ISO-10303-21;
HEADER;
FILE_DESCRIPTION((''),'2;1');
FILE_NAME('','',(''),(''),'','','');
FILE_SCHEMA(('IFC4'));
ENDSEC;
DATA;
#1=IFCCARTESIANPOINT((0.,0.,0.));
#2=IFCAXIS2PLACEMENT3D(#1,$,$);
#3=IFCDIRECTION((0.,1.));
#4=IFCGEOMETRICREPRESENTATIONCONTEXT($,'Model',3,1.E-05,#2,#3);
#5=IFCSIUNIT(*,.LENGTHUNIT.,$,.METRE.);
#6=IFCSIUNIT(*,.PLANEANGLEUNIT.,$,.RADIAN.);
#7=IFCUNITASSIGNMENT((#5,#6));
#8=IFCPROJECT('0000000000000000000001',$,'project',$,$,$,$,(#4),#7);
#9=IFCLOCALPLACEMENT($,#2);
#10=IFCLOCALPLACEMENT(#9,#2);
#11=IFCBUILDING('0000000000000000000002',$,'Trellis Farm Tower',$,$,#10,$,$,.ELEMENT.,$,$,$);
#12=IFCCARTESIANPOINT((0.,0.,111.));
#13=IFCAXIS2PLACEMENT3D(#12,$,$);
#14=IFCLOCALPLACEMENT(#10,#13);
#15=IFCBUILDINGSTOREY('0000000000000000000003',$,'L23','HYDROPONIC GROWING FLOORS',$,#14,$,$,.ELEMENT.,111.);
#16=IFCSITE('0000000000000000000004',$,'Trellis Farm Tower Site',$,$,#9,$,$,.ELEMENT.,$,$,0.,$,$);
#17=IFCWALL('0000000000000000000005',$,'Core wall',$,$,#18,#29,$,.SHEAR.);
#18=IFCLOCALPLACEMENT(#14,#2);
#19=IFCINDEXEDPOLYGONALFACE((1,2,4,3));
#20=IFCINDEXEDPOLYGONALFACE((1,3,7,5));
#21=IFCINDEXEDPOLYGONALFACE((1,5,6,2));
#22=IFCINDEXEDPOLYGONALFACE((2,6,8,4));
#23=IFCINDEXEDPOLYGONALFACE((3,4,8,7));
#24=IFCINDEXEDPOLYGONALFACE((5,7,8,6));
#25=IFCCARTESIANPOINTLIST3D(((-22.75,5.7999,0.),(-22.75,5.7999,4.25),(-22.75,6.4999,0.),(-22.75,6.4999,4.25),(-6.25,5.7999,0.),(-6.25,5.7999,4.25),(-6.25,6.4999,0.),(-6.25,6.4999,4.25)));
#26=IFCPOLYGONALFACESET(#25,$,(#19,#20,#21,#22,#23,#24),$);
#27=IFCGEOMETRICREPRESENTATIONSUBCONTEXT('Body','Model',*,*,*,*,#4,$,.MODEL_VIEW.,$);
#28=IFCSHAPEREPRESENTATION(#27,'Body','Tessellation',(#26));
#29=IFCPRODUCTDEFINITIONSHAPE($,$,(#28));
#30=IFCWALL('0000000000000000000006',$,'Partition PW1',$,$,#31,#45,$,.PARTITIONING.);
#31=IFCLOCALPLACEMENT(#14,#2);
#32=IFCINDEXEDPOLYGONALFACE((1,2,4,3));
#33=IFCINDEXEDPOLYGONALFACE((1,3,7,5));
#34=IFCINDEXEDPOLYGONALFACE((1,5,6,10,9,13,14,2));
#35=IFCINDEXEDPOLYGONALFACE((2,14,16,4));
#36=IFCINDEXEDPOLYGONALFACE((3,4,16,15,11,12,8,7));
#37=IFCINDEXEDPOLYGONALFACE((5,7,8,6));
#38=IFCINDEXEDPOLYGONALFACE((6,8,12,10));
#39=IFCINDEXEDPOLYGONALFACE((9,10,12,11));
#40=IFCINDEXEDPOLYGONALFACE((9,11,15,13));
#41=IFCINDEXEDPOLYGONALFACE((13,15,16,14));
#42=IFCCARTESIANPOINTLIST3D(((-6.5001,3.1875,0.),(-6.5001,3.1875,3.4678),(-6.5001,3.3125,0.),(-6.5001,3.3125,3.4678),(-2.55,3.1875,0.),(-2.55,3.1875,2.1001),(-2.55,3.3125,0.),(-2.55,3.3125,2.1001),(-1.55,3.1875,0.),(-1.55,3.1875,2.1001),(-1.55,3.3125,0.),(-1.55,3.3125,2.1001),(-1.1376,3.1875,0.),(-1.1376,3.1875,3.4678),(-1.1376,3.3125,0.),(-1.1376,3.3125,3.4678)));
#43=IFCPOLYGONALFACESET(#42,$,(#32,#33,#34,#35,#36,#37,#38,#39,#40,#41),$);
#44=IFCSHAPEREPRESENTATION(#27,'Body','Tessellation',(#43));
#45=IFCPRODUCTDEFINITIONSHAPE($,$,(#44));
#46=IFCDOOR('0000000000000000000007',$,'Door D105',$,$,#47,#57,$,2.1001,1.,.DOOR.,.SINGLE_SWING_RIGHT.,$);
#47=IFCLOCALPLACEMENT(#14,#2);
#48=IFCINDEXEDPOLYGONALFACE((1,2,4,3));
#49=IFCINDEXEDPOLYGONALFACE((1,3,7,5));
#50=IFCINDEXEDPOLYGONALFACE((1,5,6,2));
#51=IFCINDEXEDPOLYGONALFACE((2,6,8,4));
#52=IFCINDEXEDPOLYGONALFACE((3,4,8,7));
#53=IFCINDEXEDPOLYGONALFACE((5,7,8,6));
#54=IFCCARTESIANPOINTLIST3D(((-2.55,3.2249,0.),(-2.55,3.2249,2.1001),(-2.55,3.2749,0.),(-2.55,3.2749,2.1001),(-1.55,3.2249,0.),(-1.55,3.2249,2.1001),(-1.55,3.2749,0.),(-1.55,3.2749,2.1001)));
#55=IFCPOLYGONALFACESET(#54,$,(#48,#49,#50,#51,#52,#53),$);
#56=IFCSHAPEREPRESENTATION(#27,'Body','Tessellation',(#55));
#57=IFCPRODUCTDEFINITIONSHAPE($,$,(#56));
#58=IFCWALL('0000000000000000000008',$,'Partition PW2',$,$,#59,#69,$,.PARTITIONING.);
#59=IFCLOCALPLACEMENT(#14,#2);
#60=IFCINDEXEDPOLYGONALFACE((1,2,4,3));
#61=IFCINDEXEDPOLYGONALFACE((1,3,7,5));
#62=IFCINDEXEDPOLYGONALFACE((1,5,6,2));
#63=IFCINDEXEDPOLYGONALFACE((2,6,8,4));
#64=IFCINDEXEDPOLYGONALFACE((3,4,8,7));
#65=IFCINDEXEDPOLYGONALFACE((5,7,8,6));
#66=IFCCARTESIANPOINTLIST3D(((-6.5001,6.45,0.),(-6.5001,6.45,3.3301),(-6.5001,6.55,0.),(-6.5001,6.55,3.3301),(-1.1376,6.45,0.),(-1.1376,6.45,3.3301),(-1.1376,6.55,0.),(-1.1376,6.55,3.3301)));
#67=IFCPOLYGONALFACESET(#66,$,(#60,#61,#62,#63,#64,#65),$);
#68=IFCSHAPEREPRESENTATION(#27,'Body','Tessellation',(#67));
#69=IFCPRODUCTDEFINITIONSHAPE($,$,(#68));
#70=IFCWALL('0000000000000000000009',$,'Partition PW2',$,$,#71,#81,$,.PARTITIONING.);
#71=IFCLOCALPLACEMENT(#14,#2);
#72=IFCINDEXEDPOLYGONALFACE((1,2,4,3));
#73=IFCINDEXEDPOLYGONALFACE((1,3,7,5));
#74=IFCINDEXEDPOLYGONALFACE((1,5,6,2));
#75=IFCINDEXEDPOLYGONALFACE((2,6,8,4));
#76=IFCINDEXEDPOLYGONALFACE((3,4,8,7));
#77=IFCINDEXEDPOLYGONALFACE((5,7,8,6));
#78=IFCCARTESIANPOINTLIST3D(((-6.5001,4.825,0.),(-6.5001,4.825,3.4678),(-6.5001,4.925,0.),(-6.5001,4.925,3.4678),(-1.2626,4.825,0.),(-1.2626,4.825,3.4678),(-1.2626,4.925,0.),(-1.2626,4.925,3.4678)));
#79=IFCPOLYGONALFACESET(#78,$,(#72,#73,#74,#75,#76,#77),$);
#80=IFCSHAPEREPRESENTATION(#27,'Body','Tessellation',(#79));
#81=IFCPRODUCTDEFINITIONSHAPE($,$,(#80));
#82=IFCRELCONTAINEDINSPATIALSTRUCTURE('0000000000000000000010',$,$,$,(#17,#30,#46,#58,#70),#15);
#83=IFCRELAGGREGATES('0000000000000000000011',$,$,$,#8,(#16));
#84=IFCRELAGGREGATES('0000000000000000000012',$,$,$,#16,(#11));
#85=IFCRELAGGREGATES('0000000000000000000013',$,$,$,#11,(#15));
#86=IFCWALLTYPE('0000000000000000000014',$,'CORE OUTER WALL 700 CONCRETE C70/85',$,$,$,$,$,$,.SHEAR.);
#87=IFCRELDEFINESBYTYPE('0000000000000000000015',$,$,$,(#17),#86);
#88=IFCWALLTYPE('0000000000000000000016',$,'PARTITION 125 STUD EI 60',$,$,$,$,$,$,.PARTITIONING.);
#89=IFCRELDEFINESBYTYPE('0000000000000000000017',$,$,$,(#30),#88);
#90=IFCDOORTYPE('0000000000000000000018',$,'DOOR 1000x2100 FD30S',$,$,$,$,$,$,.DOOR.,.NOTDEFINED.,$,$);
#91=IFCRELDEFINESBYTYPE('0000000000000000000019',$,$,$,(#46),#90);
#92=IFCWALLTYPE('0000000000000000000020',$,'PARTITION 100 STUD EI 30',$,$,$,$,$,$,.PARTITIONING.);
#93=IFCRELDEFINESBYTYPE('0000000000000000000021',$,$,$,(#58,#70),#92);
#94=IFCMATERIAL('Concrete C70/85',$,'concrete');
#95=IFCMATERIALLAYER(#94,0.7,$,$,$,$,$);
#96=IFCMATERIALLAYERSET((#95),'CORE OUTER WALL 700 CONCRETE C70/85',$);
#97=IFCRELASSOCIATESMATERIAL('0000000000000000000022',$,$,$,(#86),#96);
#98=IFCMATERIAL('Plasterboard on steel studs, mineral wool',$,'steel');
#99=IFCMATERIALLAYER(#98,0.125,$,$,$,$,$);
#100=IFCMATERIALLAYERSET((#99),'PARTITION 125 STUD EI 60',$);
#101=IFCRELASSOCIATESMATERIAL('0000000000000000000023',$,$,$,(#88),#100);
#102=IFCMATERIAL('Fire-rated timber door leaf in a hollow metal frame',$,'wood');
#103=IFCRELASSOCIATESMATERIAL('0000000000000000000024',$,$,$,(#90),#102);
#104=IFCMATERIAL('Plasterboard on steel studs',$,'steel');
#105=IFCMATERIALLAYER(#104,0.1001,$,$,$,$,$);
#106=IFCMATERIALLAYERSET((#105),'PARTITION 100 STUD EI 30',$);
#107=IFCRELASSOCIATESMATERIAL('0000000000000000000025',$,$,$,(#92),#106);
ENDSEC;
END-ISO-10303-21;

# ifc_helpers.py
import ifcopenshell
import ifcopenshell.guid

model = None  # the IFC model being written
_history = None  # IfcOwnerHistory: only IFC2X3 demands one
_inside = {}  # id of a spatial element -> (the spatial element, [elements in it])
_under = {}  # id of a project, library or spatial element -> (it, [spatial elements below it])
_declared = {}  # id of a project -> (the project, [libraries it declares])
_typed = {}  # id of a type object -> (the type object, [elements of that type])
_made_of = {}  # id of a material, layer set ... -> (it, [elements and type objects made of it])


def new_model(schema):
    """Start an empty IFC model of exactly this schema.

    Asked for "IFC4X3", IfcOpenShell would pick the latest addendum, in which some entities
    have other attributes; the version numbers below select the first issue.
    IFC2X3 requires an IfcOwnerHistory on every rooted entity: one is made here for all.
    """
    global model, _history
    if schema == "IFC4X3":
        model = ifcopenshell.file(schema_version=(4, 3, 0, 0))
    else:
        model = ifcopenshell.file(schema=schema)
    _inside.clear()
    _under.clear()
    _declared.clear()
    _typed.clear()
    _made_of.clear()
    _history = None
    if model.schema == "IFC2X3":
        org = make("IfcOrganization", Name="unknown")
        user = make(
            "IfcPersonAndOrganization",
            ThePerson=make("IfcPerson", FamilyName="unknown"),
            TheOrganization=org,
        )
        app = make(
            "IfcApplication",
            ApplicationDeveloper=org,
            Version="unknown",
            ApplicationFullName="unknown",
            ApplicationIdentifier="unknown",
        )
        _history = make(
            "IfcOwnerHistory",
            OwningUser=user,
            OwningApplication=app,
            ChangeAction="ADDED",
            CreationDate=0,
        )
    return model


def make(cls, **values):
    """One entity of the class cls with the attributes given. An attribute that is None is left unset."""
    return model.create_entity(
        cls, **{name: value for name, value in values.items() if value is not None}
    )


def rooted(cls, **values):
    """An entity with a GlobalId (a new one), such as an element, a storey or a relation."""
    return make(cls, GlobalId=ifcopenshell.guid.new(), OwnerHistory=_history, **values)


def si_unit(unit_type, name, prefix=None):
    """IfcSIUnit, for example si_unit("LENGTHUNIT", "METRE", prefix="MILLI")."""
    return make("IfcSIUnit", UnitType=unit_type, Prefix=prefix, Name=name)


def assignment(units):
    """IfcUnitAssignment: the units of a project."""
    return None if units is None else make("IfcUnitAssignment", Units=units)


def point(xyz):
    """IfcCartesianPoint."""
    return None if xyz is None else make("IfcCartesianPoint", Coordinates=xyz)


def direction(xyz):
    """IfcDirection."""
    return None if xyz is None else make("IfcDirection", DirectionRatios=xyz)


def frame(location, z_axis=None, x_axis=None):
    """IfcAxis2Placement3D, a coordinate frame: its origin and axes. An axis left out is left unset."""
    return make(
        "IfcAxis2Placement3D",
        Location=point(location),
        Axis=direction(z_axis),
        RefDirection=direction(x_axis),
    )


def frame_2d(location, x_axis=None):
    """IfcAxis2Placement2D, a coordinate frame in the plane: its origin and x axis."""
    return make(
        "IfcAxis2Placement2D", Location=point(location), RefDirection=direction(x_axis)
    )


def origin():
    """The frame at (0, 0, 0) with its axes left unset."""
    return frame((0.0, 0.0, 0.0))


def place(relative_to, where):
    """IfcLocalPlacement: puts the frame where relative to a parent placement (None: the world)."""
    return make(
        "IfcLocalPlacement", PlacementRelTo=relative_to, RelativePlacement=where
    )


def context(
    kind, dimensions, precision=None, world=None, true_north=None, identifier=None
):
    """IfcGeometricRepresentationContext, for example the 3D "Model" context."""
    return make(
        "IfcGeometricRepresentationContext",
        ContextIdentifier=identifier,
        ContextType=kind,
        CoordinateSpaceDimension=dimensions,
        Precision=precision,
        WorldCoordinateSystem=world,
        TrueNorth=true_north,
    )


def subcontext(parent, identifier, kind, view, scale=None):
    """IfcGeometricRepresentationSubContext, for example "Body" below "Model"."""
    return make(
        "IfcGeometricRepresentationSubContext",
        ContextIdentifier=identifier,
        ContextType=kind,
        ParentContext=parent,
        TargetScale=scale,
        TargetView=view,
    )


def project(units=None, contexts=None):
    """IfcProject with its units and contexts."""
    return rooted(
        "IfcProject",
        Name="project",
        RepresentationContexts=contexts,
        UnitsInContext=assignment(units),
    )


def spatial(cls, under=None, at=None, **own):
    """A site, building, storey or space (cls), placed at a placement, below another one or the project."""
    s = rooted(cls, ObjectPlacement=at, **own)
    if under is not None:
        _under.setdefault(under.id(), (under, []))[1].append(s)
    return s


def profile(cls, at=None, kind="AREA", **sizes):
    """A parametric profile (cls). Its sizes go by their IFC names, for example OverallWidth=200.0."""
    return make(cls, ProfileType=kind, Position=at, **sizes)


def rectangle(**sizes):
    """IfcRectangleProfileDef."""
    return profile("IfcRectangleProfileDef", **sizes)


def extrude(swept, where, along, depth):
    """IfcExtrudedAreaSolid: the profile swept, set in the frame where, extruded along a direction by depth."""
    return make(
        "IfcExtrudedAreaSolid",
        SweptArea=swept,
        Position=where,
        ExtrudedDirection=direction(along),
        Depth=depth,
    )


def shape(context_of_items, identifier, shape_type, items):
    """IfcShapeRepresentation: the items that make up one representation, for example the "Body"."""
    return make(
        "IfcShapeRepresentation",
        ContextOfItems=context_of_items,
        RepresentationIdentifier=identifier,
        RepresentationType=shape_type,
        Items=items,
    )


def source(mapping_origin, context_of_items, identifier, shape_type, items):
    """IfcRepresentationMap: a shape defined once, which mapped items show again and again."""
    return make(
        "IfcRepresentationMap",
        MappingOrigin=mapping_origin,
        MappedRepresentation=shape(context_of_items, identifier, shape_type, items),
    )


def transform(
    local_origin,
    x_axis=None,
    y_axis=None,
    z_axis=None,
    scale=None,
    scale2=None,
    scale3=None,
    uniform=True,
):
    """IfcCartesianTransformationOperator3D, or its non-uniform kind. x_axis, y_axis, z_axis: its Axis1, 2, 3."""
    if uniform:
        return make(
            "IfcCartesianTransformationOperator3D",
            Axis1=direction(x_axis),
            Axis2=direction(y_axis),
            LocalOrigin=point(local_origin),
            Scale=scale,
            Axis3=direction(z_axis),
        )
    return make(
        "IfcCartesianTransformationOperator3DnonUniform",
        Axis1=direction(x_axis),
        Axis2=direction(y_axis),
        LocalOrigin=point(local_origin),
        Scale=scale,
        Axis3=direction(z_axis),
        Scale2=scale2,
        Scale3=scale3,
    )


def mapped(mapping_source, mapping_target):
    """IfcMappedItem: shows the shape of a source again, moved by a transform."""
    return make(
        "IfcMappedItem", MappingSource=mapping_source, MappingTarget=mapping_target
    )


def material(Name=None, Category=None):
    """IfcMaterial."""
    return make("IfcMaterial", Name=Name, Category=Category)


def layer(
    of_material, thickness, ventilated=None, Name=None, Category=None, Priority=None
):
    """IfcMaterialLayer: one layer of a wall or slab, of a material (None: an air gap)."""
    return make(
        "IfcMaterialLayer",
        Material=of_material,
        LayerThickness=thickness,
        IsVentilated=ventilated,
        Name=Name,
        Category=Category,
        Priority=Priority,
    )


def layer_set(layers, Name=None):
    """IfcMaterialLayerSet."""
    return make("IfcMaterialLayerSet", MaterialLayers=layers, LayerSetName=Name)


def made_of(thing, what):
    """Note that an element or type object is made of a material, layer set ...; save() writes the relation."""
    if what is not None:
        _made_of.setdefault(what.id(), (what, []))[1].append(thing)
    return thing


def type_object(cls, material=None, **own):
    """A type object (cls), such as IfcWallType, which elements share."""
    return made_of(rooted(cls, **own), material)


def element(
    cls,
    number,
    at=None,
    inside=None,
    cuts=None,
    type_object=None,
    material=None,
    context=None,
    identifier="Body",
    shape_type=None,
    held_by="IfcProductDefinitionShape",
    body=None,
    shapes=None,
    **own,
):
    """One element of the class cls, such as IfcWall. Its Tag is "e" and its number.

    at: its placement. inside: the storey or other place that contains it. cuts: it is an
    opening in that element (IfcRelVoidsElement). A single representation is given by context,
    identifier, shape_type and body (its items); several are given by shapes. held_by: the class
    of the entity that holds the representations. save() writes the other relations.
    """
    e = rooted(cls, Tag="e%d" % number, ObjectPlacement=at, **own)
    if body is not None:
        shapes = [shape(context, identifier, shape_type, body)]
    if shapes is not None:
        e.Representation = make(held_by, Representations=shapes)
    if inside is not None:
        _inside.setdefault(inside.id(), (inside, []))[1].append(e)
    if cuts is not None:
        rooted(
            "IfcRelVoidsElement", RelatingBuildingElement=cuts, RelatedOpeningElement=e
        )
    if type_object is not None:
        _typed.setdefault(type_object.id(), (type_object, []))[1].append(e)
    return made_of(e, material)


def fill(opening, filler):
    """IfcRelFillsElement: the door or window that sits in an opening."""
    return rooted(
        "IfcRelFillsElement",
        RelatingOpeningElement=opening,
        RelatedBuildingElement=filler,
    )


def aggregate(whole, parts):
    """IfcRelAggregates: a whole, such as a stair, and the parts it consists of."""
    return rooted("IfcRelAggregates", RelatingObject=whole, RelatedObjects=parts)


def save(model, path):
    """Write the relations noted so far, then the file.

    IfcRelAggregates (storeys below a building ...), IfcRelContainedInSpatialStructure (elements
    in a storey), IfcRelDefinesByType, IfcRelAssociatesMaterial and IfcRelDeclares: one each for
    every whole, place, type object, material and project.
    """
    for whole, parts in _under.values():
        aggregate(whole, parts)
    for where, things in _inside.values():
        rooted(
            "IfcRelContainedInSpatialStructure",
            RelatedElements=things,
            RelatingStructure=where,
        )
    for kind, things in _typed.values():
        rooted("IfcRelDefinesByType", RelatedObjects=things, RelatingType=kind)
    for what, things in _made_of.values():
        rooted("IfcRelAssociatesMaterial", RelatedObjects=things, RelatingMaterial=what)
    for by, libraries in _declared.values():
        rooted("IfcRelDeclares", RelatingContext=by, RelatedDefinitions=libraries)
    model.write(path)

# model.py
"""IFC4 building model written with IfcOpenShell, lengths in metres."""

from ifc_helpers import new_model, si_unit, direction, frame, frame_2d, origin, place, context, subcontext, project, spatial, rectangle, extrude, source, transform, mapped, material, layer, layer_set, type_object, element, fill, save


model = new_model("IFC4")

# Units and contexts
model_context = context("Model", 3, precision=1e-05, world=origin(), true_north=direction((0.0, 1.0)))
body_context = subcontext(model_context, "Body", "Model", "MODEL_VIEW")
ifc_project = project(units=[si_unit("LENGTHUNIT", "METRE"), si_unit("PLANEANGLEUNIT", "RADIAN")], contexts=[model_context])

# Site, building, storey
site_placement = place(None, origin())
site = spatial("IfcSite", under=ifc_project, at=site_placement, Name="Trellis Farm Tower Site", CompositionType="ELEMENT", RefElevation=0.0)
building_placement = place(site_placement, origin())
building = spatial("IfcBuilding", under=site, at=building_placement, Name="Trellis Farm Tower", CompositionType="ELEMENT")
storey_placement = place(building_placement, frame((0.0, 0.0, 111.0)))
storey = spatial("IfcBuildingStorey", under=building, at=storey_placement, Name="L23", Description="HYDROPONIC GROWING FLOORS", CompositionType="ELEMENT", Elevation=111.0)

# Shared definitions
ifc_material_1 = material(Name="Concrete C70/85", Category="concrete")
ifc_layer_1 = layer(ifc_material_1, 0.7)
ifc_layer_set_1 = layer_set([ifc_layer_1], Name="CORE OUTER WALL 700 CONCRETE C70/85")
wall_type_1 = type_object("IfcWallType", Name="CORE OUTER WALL 700 CONCRETE C70/85", PredefinedType="SHEAR", material=ifc_layer_set_1)

# Shared definitions
shared_shape_1 = source(origin(), body_context, "Body", "SweptSolid", [
    extrude(rectangle(XDim=1.0, YDim=2.1001, at=frame_2d((0.5, 1.05))), frame((0.0, 0.0249, 0.0), z_axis=(0.0, -1.0, 0.0), x_axis=(1.0, 0.0, 0.0)), (0.0, 0.0, 1.0), 0.05),
])

# Wall
shared_shape_2 = source(origin(), body_context, "Body", "SweptSolid", [
    extrude(rectangle(XDim=16.5, YDim=0.7, at=frame_2d((8.25, 0.0))), origin(), (0.0, 0.0, 1.0), 4.25),
])
wall_1_placement = place(storey_placement, frame((-6.25, 6.1499, 0.0), z_axis=(0.0, 0.0, 1.0), x_axis=(-1.0, 0.0, 0.0)))
element("IfcWall", 1, at=wall_1_placement, inside=storey, type_object=wall_type_1, Name="Core wall", PredefinedType="SHEAR", context=body_context, shape_type="MappedRepresentation", body=[
    mapped(shared_shape_2, transform((0.0, 0.0, 0.0))),
])

# Wall, opening, door
ifc_material_2 = material(Name="Plasterboard on steel studs, mineral wool", Category="steel")
ifc_layer_2 = layer(ifc_material_2, 0.125)
ifc_layer_set_2 = layer_set([ifc_layer_2], Name="PARTITION 125 STUD EI 60")
wall_type_2 = type_object("IfcWallType", Name="PARTITION 125 STUD EI 60", PredefinedType="PARTITIONING", material=ifc_layer_set_2)
shared_shape_3 = source(origin(), body_context, "Body", "SweptSolid", [
    extrude(rectangle(XDim=5.3625, YDim=0.125, at=frame_2d((2.6812, 0.0))), origin(), (0.0, 0.0, 1.0), 3.4678),
])
wall_2_placement = place(storey_placement, frame((-6.5, 3.25, 0.0), z_axis=(0.0, 0.0, 1.0), x_axis=(1.0, 0.0, 0.0)))
wall_2 = element("IfcWall", 2, at=wall_2_placement, inside=storey, type_object=wall_type_2, Name="Partition PW1", PredefinedType="PARTITIONING", context=body_context, shape_type="MappedRepresentation", body=[
    mapped(shared_shape_3, transform((0.0, 0.0, 0.0))),
])
shared_shape_4 = source(origin(), body_context, "Body", "SweptSolid", [
    extrude(rectangle(XDim=1.0, YDim=2.1001, at=frame_2d((0.5, 1.05))), frame((0.0, 0.0725, 0.0), z_axis=(0.0, -1.0, 0.0), x_axis=(1.0, 0.0, 0.0)), (0.0, 0.0, 1.0), 0.145),
])
opening_1_placement = place(wall_2_placement, frame((3.95, 0.0, 0.0)))
opening_1 = element("IfcOpeningElement", 3, at=opening_1_placement, cuts=wall_2, PredefinedType="OPENING", context=body_context, shape_type="MappedRepresentation", body=[
    mapped(shared_shape_4, transform((0.0, 0.0, 0.0))),
])
ifc_material_3 = material(Name="Fire-rated timber door leaf in a hollow metal frame", Category="wood")
door_type_1 = type_object("IfcDoorType", Name="DOOR 1000x2100 FD30S", OperationType="NOTDEFINED", PredefinedType="DOOR", material=ifc_material_3)
door_1_placement = place(opening_1_placement, origin())
door_1 = element("IfcDoor", 4, at=door_1_placement, inside=storey, type_object=door_type_1, Name="Door D105", OperationType="SINGLE_SWING_RIGHT", OverallHeight=2.1001, OverallWidth=1.0, PredefinedType="DOOR", context=body_context, shape_type="MappedRepresentation", body=[
    mapped(shared_shape_1, transform((0.0, 0.0, 0.0))),
])
fill(opening_1, door_1)

# Walls
ifc_material_4 = material(Name="Plasterboard on steel studs", Category="steel")
ifc_layer_3 = layer(ifc_material_4, 0.1001)
ifc_layer_set_3 = layer_set([ifc_layer_3], Name="PARTITION 100 STUD EI 30")
wall_type_3 = type_object("IfcWallType", Name="PARTITION 100 STUD EI 30", PredefinedType="PARTITIONING", material=ifc_layer_set_3)
shared_shape_5 = source(origin(), body_context, "Body", "SweptSolid", [
    extrude(rectangle(XDim=5.3625, YDim=0.1001, at=frame_2d((2.6812, 0.0))), origin(), (0.0, 0.0, 1.0), 3.3301),
])
wall_3_placement = place(storey_placement, frame((-6.5, 6.5, 0.0), z_axis=(0.0, 0.0, 1.0), x_axis=(1.0, 0.0, 0.0)))
element("IfcWall", 5, at=wall_3_placement, inside=storey, type_object=wall_type_3, Name="Partition PW2", PredefinedType="PARTITIONING", context=body_context, shape_type="MappedRepresentation", body=[
    mapped(shared_shape_5, transform((0.0, 0.0, 0.0))),
])
shared_shape_6 = source(origin(), body_context, "Body", "SweptSolid", [
    extrude(rectangle(XDim=5.2375, YDim=0.1001, at=frame_2d((2.6187, 0.0))), origin(), (0.0, 0.0, 1.0), 3.4678),
])
wall_4_placement = place(storey_placement, frame((-6.5, 4.875, 0.0), z_axis=(0.0, 0.0, 1.0), x_axis=(1.0, 0.0, 0.0)))
element("IfcWall", 6, at=wall_4_placement, inside=storey, type_object=wall_type_3, Name="Partition PW2", PredefinedType="PARTITIONING", context=body_context, shape_type="MappedRepresentation", body=[
    mapped(shared_shape_6, transform((0.0, 0.0, 0.0))),
])

save(model, "model.ifc")
